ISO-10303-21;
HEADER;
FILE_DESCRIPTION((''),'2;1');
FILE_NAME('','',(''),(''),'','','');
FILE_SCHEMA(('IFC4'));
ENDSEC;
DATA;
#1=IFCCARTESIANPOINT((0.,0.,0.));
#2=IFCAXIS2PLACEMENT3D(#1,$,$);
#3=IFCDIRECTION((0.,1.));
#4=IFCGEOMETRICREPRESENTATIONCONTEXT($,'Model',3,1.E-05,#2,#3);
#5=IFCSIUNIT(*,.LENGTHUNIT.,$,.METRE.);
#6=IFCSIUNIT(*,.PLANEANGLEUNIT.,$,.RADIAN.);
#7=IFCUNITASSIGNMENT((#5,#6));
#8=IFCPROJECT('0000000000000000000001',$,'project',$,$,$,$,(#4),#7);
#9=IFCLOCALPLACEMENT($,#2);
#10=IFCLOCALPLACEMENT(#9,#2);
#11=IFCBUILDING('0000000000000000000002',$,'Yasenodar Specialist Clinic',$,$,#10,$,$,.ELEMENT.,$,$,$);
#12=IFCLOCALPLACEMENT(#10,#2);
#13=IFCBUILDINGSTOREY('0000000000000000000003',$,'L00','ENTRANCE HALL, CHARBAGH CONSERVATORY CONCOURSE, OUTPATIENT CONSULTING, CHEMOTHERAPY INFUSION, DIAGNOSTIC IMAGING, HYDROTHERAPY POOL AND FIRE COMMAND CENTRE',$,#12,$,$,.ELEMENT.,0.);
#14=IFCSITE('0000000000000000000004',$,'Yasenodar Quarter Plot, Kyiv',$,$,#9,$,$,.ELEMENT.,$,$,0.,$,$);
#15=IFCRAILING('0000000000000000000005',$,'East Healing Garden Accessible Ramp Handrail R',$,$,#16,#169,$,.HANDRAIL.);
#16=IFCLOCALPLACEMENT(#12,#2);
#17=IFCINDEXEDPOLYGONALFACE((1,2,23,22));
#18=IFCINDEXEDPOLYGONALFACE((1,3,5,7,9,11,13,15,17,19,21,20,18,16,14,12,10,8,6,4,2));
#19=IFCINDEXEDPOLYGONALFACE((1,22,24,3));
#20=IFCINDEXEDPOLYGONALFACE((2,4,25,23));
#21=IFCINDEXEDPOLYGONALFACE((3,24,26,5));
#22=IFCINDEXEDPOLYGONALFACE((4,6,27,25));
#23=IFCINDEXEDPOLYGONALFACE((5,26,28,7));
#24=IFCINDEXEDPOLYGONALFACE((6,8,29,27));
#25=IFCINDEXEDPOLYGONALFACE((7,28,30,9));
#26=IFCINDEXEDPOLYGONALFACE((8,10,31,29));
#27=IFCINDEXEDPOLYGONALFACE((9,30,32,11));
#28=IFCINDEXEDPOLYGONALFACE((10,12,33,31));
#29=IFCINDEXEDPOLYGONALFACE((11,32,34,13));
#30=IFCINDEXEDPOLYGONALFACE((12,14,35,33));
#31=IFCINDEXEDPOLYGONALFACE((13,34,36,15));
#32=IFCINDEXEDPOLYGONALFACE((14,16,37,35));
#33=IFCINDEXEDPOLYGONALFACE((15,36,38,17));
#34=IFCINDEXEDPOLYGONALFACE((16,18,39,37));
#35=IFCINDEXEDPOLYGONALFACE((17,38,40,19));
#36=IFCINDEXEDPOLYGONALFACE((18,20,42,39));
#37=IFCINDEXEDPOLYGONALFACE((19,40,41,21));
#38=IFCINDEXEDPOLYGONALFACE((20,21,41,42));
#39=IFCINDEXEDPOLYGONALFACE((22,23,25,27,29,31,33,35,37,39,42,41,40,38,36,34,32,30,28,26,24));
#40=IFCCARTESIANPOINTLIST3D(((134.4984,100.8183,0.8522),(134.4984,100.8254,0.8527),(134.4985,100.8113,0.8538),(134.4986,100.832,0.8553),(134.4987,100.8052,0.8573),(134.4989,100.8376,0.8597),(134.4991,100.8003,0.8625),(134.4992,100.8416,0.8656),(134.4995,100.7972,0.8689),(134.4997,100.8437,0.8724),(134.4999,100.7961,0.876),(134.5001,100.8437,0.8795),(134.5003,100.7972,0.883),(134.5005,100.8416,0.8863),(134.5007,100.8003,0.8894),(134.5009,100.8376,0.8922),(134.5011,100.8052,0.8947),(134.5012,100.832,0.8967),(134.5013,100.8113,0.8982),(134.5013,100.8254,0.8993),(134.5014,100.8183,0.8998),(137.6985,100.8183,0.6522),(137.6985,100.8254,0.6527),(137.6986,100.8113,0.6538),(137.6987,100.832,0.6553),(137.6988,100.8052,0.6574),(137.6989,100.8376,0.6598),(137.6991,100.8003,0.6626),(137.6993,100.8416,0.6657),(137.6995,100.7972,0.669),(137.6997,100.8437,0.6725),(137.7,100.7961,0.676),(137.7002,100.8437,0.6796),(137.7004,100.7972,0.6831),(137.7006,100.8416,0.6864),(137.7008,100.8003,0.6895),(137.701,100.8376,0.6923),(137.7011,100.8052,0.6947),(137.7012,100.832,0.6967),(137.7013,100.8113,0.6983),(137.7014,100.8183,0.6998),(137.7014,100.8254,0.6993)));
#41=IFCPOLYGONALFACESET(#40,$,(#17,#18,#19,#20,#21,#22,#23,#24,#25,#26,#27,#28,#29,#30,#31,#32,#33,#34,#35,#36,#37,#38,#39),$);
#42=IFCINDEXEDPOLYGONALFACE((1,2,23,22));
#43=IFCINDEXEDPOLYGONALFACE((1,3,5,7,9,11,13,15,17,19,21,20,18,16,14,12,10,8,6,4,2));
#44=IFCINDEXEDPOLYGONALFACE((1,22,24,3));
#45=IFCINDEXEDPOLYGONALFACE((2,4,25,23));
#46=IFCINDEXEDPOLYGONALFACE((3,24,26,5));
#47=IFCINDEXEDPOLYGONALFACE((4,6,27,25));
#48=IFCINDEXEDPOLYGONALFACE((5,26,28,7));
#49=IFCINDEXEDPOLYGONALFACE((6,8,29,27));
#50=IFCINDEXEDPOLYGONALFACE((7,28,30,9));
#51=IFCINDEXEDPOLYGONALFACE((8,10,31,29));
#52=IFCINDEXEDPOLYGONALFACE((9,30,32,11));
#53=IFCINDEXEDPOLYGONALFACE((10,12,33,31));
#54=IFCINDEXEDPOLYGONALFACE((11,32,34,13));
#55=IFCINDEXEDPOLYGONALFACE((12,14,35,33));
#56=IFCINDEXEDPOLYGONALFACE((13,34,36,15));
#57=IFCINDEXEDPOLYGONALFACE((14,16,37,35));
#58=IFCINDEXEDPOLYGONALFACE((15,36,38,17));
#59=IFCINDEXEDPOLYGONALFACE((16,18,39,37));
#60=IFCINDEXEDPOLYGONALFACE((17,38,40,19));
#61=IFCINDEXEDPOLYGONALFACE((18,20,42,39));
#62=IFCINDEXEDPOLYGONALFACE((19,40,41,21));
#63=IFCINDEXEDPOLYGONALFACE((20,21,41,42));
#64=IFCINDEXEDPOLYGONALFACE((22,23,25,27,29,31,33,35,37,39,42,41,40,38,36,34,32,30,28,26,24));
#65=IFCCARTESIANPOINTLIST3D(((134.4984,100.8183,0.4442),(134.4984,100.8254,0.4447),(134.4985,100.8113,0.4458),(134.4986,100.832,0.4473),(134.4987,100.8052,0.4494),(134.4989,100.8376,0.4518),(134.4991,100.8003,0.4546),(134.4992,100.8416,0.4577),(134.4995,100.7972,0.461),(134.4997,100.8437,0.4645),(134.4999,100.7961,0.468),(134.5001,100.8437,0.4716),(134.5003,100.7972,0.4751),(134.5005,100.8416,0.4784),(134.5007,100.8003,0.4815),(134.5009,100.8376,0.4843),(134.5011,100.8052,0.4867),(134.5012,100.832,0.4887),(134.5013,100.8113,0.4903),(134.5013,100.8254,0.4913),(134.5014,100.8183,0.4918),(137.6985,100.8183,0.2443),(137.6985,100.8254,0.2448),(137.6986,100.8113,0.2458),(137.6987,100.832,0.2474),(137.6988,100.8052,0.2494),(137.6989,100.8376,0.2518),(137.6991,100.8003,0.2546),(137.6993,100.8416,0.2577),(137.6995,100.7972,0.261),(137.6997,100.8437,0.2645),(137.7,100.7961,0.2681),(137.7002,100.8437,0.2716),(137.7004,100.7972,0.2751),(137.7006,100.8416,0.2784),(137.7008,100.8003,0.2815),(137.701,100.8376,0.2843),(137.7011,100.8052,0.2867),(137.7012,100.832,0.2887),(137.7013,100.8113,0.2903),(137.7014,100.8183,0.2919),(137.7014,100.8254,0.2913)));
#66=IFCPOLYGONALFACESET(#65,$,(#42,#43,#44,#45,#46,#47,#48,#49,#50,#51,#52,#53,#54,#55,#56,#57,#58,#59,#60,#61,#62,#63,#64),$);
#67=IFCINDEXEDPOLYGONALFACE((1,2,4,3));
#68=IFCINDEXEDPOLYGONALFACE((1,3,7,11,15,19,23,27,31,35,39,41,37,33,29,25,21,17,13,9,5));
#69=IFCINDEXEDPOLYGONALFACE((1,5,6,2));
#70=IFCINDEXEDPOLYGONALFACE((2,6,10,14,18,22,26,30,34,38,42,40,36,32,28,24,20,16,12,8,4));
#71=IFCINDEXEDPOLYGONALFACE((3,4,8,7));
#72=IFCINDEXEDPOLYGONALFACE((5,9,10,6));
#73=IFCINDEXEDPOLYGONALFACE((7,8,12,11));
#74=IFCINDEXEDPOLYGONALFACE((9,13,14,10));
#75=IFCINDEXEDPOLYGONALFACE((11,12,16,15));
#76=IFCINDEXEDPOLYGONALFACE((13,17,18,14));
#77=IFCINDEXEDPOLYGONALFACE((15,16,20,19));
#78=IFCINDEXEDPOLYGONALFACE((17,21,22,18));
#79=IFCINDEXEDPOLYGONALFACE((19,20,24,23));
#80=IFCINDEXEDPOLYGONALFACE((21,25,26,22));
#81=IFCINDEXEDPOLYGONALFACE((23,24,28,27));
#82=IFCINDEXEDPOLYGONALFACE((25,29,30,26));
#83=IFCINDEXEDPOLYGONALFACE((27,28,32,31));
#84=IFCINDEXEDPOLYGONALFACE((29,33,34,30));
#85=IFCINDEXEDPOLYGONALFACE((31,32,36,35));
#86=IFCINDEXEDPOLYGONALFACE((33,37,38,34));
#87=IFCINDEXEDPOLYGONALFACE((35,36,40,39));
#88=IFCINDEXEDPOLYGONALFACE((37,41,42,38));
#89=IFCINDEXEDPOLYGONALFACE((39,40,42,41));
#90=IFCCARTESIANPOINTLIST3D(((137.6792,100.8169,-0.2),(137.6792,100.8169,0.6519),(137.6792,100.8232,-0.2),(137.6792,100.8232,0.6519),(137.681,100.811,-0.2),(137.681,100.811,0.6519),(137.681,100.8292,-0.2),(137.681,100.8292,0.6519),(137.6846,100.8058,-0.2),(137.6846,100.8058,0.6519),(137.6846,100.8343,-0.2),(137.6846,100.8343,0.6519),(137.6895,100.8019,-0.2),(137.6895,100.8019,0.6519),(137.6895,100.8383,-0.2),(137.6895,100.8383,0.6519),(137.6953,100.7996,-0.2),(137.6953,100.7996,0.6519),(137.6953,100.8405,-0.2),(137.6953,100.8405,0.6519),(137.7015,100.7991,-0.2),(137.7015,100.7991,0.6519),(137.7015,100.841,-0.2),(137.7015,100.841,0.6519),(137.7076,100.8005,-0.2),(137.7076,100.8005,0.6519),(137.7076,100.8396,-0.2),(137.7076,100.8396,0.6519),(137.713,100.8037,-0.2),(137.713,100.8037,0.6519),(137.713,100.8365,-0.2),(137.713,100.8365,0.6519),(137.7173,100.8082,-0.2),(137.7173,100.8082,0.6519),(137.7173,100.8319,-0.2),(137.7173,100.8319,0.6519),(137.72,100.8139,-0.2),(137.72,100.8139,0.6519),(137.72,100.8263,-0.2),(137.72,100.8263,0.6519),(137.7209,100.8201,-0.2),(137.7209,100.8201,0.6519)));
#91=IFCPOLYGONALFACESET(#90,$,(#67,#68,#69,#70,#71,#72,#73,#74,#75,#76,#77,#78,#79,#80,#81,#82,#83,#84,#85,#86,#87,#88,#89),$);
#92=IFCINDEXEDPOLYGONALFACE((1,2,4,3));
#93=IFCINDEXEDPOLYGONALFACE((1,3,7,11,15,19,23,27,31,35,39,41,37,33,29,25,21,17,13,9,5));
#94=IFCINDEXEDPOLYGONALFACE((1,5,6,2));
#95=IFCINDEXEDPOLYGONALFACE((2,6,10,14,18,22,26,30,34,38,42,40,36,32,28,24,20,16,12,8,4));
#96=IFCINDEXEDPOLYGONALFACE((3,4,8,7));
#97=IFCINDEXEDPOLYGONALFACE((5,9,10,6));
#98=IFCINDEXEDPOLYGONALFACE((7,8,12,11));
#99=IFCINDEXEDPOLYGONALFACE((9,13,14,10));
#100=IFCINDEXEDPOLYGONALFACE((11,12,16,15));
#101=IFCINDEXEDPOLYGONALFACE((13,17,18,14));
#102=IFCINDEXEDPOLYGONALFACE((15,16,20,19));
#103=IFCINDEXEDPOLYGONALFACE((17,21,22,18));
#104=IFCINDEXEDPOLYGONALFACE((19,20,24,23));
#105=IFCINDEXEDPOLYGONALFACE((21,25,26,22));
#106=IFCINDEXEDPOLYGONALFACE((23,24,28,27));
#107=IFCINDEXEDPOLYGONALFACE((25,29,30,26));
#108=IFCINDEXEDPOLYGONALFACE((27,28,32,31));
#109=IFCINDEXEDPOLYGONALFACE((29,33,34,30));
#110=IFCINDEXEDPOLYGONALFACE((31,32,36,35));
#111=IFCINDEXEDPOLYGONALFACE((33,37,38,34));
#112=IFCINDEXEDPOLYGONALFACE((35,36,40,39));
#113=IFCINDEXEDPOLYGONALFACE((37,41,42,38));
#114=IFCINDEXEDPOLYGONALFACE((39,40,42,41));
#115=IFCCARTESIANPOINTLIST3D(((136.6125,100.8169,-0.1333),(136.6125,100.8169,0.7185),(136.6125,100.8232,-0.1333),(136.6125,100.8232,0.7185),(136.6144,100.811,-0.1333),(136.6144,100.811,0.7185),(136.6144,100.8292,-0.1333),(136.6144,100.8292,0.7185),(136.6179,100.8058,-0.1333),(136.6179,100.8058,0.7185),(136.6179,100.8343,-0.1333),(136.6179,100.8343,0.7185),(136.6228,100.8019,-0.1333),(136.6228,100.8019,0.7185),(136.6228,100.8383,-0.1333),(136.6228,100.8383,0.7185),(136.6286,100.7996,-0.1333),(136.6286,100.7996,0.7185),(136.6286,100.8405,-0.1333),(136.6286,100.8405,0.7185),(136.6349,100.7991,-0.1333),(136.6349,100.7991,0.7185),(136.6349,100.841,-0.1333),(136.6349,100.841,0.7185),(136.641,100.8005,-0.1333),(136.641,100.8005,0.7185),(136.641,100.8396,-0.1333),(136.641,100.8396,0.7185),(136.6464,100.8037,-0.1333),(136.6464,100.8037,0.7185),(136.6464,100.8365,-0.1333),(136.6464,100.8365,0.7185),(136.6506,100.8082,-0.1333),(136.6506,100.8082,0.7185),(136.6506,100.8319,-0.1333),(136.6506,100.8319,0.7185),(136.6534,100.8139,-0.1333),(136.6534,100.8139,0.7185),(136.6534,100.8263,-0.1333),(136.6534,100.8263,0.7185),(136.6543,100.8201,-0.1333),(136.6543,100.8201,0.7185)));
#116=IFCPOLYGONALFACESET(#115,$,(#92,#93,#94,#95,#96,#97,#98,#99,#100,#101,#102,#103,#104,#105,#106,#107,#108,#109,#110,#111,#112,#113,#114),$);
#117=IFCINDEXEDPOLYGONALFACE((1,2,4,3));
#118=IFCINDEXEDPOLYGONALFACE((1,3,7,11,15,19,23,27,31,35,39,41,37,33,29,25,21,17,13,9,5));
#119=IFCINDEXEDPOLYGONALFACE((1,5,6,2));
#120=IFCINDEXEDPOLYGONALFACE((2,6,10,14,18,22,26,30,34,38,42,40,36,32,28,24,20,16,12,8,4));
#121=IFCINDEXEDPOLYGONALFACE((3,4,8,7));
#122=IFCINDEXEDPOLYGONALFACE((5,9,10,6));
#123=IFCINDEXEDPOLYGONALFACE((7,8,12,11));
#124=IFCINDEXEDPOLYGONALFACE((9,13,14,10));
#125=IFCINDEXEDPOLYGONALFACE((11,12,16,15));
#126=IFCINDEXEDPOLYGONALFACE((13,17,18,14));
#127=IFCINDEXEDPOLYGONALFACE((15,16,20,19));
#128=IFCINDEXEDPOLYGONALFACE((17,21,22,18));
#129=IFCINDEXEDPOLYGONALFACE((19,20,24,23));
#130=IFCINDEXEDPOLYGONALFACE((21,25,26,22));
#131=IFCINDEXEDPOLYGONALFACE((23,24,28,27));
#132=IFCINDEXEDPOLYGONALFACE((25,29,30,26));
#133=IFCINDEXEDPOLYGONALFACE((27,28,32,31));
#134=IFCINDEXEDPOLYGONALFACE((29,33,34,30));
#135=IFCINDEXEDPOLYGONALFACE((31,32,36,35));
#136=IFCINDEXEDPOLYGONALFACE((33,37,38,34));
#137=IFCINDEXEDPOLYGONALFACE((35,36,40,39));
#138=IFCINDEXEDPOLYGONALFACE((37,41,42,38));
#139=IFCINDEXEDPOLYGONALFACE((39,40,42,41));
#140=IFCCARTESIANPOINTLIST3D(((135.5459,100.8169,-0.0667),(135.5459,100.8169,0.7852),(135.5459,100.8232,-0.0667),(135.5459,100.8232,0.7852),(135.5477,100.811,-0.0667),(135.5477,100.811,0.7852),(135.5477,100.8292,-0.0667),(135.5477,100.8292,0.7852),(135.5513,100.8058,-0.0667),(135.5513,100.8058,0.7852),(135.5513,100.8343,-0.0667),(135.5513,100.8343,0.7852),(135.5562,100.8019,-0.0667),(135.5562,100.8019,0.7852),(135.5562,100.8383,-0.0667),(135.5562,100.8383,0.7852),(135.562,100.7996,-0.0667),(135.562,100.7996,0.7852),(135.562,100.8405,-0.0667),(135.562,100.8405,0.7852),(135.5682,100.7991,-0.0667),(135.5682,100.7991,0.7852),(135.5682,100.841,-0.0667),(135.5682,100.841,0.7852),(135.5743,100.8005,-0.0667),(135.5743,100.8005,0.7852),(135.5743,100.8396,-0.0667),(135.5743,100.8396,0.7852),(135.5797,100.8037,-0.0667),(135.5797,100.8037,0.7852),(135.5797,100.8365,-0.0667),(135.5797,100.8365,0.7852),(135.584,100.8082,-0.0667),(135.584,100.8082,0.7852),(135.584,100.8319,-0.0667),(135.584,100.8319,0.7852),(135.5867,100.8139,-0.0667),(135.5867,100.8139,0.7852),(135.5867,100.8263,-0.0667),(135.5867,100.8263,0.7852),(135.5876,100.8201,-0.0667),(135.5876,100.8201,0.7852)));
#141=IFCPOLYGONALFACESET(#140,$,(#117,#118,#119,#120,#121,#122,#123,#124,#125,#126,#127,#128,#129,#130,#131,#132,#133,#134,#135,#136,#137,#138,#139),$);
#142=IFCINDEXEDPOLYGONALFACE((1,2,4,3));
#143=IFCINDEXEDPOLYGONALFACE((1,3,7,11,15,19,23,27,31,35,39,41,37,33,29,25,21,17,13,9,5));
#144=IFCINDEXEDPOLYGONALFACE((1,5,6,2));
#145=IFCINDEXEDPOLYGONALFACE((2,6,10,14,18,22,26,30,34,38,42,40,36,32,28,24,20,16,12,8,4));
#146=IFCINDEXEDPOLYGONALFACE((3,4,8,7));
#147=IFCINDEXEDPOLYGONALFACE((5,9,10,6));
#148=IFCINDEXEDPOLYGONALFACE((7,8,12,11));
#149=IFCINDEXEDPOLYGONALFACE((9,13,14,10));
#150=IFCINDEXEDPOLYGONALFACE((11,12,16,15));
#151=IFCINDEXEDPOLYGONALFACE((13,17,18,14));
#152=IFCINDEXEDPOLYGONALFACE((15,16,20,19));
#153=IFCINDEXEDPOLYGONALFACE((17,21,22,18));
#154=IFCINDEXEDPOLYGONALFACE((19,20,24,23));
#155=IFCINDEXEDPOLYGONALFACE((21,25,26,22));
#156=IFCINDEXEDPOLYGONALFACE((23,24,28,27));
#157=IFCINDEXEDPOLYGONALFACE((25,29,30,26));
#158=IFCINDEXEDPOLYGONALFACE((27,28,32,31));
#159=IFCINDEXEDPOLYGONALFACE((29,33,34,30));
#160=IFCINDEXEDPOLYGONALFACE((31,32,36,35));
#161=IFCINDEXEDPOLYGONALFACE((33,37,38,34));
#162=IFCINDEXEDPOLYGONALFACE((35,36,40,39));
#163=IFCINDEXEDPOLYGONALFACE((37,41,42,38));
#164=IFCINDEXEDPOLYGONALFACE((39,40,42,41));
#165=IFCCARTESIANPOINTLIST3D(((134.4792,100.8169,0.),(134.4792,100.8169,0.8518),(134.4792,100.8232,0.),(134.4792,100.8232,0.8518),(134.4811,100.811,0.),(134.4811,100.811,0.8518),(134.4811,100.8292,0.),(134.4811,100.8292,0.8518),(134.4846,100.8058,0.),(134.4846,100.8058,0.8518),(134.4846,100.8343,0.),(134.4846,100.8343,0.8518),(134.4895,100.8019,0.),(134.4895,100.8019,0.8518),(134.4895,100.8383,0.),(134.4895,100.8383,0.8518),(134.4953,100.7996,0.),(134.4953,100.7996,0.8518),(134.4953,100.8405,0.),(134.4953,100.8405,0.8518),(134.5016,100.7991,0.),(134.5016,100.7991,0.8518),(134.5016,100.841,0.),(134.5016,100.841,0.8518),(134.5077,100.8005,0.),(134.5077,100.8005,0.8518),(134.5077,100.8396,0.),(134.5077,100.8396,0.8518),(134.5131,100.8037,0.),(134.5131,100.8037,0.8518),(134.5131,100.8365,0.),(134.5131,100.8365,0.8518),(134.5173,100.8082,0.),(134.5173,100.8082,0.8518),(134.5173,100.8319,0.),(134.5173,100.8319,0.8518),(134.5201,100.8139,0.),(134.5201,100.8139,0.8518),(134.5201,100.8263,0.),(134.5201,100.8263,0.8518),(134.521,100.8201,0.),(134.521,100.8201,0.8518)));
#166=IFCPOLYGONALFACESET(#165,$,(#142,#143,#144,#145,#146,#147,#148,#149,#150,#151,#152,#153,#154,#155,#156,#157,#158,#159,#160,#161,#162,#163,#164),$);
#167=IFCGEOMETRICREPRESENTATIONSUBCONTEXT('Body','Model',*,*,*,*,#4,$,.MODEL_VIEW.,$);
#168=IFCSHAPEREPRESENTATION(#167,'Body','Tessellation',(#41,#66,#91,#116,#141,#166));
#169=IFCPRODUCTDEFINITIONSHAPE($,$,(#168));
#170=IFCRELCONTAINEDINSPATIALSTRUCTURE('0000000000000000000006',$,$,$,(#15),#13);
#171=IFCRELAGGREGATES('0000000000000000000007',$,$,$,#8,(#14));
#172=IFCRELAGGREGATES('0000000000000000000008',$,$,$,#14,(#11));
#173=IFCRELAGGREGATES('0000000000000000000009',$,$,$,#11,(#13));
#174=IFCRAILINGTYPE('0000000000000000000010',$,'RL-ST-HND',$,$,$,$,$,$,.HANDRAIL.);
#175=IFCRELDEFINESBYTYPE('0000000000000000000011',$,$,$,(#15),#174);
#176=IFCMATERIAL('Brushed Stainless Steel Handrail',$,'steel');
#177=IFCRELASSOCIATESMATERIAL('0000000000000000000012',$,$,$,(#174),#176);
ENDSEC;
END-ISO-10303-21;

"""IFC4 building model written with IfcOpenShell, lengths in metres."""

from ifc_helpers import new_model, si_unit, direction, frame, origin, origin_2d, place, context, subcontext, project, spatial, circle, extrude, material, type_object, element, save


model = new_model("IFC4")

# Units and contexts
model_context = context("Model", 3, precision=1e-05, world=origin(), true_north=direction((0.0, 1.0)))
body_context = subcontext(model_context, "Body", "Model", "MODEL_VIEW")
ifc_project = project(units=[si_unit("LENGTHUNIT", "METRE"), si_unit("PLANEANGLEUNIT", "RADIAN")], contexts=[model_context])

# Site, building, storey
site_placement = place(None, origin())
site = spatial("IfcSite", under=ifc_project, at=site_placement, Name="Yasenodar Quarter Plot, Kyiv", CompositionType="ELEMENT", RefElevation=0.0)
building_placement = place(site_placement, origin())
building = spatial("IfcBuilding", under=site, at=building_placement, Name="Yasenodar Specialist Clinic", CompositionType="ELEMENT")
storey_placement = place(building_placement, origin())
storey = spatial("IfcBuildingStorey", under=building, at=storey_placement, Name="L00", Description="ENTRANCE HALL, CHARBAGH CONSERVATORY CONCOURSE, OUTPATIENT CONSULTING, CHEMOTHERAPY INFUSION, DIAGNOSTIC IMAGING, HYDROTHERAPY POOL AND FIRE COMMAND CENTRE", CompositionType="ELEMENT", Elevation=0.0)

# Railing
ifc_material_1 = material(Name="Brushed Stainless Steel Handrail", Category="steel")
railing_type_1 = type_object("IfcRailingType", Name="RL-ST-HND", PredefinedType="HANDRAIL", material=ifc_material_1)
for number, where, name in (
    (1, (137.7, 100.8201, -0.2), "East Healing Garden Accessible Ramp Handrail R"),
):
    element("IfcRailing", number, at=place(storey_placement, frame(where)), inside=storey, type_object=railing_type_1, Name=name, PredefinedType="HANDRAIL", context=body_context, shape_type="SweptSolid", body=[
        extrude(circle(Radius=0.0239, at=origin_2d()), frame((0.0, 0.0, 0.876), z_axis=(-0.998053, 0.0, 0.062364), x_axis=(0.0, -1.0, 0.0)), (0.0, 0.0, 1.0), 3.2063),
        extrude(circle(Radius=0.0239, at=origin_2d()), frame((0.0, 0.0, 0.468), z_axis=(-0.998053, 0.0, 0.062364), x_axis=(0.0, -1.0, 0.0)), (0.0, 0.0, 1.0), 3.2063),
        extrude(circle(Radius=0.021, at=origin_2d()), origin(), (0.0, 0.0, 1.0), 0.8518),
        extrude(circle(Radius=0.021, at=origin_2d()), frame((-1.0667, 0.0, 0.0667)), (0.0, 0.0, 1.0), 0.8518),
        extrude(circle(Radius=0.021, at=origin_2d()), frame((-2.1333, 0.0, 0.1333)), (0.0, 0.0, 1.0), 0.8518),
        extrude(circle(Radius=0.021, at=origin_2d()), frame((-3.2, 0.0, 0.2)), (0.0, 0.0, 1.0), 0.8518),
    ])

save(model, "model.ifc")
